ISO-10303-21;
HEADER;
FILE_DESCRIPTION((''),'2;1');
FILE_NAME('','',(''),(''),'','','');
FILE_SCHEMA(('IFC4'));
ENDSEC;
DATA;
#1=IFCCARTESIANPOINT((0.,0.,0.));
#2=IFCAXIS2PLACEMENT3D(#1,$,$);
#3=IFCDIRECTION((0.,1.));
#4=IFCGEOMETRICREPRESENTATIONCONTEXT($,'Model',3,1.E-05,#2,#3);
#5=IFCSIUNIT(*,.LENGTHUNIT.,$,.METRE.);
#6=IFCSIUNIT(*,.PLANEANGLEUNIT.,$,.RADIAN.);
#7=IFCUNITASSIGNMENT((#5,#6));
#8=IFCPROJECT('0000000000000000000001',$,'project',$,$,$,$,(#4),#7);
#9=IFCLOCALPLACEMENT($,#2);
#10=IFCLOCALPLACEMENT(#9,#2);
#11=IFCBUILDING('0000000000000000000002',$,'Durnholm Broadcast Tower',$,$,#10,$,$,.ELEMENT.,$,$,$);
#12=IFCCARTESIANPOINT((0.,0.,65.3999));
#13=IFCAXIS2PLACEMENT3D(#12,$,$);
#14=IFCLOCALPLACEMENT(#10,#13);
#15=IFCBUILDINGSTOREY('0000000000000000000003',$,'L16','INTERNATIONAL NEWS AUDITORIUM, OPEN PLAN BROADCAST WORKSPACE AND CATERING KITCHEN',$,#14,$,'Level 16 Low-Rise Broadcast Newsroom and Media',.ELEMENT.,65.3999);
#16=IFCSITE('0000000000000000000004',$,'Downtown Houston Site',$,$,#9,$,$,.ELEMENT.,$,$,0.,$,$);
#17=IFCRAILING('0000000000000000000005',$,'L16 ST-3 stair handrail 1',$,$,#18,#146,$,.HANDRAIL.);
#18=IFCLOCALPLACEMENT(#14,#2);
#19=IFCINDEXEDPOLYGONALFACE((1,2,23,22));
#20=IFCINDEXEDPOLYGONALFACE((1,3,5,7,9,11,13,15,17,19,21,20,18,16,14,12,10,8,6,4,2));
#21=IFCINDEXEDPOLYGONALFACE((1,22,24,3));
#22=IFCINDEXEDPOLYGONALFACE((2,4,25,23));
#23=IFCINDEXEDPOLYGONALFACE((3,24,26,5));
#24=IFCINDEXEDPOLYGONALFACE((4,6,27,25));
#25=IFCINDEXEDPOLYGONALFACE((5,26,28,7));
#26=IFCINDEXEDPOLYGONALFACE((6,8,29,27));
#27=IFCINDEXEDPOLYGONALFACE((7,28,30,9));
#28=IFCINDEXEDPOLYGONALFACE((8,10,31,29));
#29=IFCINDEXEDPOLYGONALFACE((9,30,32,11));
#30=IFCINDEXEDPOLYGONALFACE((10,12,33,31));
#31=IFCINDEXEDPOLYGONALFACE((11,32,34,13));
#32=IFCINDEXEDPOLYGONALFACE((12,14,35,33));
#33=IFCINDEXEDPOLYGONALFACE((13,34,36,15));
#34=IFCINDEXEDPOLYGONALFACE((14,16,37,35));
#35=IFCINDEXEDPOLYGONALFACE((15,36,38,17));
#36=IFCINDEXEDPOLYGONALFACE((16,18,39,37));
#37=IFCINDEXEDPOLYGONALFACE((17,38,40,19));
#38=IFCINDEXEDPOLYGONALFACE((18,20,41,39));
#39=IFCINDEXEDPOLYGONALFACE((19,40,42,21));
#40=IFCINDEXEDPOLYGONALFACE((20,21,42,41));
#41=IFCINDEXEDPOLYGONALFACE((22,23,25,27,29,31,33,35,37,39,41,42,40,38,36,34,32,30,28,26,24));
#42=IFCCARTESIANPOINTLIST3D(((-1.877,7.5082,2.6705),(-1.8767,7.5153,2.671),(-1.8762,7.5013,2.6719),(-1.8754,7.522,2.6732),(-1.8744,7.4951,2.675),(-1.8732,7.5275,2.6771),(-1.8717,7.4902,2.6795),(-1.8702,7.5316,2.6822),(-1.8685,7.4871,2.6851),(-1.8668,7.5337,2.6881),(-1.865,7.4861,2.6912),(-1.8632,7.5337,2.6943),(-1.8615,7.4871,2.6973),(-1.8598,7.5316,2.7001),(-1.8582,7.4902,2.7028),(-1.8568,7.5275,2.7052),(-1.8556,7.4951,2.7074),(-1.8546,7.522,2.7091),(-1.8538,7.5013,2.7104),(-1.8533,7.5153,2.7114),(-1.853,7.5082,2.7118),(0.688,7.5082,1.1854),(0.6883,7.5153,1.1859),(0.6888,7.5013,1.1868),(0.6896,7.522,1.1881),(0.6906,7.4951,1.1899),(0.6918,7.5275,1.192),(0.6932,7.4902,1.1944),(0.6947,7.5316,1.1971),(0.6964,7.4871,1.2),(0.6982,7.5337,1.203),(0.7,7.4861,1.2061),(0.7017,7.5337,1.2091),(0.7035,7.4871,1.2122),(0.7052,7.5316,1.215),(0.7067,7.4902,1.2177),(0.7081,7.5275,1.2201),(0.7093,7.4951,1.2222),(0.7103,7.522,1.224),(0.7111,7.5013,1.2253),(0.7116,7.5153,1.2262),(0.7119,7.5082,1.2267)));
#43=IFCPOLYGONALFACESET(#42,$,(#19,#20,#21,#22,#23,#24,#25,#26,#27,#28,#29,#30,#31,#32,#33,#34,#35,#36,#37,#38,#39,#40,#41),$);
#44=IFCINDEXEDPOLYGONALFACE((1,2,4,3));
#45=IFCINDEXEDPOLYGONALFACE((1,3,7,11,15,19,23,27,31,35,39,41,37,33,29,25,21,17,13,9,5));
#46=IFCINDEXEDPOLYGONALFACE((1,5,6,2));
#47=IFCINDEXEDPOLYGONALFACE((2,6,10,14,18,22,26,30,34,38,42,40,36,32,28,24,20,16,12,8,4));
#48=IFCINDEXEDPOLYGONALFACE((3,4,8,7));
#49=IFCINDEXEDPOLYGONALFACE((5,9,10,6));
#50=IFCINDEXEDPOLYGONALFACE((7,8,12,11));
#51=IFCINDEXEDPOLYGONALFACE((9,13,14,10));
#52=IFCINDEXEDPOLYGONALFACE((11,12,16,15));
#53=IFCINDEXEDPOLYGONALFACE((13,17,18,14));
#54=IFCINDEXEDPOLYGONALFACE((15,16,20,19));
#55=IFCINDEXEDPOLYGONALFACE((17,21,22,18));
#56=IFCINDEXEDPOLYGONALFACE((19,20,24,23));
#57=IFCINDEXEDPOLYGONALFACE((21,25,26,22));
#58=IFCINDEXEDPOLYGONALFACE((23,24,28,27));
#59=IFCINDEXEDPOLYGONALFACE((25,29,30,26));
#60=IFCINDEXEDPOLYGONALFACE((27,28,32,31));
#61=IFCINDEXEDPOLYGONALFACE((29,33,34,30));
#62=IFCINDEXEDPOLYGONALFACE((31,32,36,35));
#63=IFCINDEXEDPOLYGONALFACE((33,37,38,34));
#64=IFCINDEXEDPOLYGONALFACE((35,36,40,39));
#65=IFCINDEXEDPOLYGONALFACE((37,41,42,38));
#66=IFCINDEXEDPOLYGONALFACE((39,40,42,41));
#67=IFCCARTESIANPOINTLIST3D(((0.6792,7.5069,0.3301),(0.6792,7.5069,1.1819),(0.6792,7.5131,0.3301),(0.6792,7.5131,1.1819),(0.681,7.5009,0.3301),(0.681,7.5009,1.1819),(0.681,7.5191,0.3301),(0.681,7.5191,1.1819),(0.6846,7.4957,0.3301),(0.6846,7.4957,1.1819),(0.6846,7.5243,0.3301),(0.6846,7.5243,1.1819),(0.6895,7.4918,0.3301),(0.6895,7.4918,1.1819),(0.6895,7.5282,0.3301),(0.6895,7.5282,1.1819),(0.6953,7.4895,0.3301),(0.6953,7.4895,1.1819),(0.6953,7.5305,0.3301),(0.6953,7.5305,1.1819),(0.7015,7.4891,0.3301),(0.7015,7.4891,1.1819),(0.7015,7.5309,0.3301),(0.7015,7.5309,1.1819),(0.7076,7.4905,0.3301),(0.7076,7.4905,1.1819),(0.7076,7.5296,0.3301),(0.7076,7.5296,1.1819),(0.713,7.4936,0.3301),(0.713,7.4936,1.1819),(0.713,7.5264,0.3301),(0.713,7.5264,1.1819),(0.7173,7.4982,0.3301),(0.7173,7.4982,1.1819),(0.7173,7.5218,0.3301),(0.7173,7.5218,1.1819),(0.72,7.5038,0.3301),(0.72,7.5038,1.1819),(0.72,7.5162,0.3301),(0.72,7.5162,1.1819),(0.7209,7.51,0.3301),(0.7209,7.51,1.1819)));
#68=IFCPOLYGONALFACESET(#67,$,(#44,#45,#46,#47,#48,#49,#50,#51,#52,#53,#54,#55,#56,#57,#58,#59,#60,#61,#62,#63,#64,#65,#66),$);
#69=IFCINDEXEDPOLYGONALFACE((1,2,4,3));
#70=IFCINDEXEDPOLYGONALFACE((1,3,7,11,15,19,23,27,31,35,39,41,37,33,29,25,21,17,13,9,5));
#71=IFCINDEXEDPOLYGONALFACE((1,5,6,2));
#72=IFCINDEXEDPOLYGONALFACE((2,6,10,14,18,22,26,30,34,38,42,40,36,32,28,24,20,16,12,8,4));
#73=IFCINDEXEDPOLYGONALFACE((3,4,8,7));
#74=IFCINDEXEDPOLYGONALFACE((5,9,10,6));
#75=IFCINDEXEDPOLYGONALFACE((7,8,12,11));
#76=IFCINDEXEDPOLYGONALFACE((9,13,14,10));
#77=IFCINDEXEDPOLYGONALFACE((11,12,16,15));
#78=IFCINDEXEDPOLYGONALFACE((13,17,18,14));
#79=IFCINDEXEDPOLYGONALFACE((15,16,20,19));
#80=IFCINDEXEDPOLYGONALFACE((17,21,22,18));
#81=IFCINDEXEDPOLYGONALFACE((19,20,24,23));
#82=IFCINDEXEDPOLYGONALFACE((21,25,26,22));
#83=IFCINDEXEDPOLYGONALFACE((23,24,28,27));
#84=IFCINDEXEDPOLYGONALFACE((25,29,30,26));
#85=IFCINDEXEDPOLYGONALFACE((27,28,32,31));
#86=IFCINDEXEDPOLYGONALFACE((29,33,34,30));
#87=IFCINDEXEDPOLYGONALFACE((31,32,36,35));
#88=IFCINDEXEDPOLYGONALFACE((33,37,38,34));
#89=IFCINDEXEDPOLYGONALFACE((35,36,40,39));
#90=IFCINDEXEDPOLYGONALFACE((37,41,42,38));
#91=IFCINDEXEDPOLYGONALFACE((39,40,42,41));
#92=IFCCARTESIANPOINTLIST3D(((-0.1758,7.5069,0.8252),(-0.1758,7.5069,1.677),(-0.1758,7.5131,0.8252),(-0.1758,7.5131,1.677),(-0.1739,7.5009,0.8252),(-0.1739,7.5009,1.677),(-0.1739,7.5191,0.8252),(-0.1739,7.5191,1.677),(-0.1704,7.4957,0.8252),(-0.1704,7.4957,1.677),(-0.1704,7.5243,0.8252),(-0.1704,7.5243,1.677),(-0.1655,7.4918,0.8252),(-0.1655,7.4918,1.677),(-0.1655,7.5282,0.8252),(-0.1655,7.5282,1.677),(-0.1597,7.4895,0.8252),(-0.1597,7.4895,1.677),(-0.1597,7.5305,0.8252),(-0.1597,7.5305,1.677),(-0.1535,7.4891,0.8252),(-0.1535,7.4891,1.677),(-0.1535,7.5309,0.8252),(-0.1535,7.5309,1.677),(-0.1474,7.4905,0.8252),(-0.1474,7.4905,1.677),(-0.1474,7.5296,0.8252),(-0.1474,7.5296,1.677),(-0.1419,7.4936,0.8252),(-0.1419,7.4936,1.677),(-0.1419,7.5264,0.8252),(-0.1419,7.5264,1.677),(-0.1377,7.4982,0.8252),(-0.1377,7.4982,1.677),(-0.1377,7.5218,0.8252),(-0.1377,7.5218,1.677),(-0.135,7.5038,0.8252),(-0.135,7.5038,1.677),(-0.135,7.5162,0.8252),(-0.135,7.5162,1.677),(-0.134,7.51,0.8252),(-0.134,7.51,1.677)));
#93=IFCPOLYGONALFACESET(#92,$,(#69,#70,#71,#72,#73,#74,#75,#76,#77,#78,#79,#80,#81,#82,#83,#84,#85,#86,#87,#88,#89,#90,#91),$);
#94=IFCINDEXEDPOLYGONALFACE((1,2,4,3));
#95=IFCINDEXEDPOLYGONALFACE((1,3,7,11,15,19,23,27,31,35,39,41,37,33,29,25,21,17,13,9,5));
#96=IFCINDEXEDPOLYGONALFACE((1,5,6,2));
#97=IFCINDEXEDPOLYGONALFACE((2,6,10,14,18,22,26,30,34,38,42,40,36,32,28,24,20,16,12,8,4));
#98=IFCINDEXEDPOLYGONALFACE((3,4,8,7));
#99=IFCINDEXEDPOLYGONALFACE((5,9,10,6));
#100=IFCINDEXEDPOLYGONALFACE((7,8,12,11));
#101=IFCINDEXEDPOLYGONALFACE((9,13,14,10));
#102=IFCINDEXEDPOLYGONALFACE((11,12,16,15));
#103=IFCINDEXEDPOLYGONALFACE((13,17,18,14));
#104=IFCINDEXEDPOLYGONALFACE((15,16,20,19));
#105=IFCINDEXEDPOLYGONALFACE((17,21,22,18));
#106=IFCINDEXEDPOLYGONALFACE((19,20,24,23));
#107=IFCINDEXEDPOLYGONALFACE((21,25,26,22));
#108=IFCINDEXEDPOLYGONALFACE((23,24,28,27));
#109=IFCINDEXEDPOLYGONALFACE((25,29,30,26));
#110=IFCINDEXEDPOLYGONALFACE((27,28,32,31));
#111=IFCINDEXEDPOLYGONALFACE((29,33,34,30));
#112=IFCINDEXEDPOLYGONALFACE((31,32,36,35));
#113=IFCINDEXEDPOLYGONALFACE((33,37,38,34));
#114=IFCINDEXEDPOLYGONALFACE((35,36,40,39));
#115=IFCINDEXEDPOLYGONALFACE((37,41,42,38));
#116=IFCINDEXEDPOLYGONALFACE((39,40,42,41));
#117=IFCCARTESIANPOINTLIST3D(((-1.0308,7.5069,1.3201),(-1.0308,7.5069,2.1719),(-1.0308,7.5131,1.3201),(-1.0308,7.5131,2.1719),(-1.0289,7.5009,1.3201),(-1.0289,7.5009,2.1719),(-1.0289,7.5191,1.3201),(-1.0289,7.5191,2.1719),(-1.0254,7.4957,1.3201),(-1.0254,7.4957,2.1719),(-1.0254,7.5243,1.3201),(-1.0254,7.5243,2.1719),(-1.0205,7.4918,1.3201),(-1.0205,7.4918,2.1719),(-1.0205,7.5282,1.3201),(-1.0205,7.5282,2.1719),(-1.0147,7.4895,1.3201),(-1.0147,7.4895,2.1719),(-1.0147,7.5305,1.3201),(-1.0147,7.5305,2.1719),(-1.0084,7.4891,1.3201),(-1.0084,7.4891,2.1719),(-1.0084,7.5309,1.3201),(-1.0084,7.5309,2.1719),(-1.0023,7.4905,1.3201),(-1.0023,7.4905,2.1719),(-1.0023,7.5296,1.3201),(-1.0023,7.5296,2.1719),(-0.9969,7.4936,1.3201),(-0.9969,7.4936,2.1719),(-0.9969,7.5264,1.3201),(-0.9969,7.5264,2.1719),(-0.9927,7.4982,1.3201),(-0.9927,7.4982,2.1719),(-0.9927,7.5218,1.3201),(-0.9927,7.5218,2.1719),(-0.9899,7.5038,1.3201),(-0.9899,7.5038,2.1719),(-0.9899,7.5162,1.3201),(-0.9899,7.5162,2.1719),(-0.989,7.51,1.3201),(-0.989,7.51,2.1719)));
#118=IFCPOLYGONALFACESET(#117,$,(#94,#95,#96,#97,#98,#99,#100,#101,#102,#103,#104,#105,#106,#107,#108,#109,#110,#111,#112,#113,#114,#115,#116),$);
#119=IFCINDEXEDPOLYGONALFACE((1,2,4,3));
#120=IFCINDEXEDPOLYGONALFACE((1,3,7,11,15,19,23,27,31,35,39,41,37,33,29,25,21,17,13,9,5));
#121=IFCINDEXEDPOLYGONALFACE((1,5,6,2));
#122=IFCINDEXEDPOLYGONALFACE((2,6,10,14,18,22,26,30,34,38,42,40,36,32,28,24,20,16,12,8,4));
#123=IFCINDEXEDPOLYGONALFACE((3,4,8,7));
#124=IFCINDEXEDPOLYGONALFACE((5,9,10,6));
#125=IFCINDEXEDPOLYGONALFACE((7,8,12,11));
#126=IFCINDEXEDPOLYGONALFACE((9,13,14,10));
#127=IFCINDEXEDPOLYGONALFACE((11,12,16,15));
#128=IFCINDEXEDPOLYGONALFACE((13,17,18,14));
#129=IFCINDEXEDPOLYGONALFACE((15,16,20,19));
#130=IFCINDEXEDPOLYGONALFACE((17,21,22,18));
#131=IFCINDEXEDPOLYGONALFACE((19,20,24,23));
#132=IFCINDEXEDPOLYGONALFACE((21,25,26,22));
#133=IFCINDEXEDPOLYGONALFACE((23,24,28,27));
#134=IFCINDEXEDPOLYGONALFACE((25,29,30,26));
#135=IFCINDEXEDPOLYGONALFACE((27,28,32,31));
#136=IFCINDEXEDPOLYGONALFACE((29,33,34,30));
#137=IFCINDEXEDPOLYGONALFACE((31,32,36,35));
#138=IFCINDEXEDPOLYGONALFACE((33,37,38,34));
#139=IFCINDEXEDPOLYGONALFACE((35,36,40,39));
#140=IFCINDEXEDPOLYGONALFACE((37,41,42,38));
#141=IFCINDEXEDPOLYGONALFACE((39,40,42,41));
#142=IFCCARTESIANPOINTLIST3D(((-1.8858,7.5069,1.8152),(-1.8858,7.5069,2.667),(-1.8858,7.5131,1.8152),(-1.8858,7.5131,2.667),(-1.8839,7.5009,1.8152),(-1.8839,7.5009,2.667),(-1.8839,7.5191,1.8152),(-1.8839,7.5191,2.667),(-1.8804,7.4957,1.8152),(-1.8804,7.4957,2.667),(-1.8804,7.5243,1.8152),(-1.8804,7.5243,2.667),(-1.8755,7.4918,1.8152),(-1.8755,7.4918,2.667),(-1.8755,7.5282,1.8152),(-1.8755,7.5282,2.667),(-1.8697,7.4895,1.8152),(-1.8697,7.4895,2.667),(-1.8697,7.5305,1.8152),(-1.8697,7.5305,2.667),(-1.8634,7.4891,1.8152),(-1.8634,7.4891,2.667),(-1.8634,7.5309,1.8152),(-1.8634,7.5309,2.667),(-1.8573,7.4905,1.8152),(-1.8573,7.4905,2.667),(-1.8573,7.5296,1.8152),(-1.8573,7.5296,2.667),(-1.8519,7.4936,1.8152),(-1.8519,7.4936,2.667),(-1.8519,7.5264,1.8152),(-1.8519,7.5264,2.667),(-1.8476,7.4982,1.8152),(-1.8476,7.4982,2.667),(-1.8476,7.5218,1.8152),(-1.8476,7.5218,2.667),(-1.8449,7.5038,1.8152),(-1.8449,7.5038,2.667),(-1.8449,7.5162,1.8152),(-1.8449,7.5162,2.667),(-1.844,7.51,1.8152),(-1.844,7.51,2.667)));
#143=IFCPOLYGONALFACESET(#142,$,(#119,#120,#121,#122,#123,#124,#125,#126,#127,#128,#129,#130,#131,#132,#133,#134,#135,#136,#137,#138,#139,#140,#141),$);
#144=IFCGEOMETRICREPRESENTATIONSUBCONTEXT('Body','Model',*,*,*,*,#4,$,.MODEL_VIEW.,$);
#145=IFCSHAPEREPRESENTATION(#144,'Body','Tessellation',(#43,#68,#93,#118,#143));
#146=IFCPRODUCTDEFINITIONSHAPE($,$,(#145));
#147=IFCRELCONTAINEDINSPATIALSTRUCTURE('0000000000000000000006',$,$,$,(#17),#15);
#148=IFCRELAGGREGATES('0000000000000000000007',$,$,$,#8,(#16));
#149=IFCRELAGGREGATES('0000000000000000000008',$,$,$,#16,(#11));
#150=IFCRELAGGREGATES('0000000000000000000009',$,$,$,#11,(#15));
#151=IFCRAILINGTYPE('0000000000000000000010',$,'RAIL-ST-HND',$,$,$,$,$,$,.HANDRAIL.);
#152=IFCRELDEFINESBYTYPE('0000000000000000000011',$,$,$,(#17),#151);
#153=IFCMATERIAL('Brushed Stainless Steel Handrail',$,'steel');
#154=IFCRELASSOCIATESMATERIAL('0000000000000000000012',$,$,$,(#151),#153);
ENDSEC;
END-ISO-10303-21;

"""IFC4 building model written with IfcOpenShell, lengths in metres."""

from ifc_helpers import new_model, si_unit, direction, frame, origin, origin_2d, place, context, subcontext, project, spatial, circle, extrude, material, type_object, element, save


model = new_model("IFC4")

# Units and contexts
model_context = context("Model", 3, precision=1e-05, world=origin(), true_north=direction((0.0, 1.0)))
body_context = subcontext(model_context, "Body", "Model", "MODEL_VIEW")
ifc_project = project(units=[si_unit("LENGTHUNIT", "METRE"), si_unit("PLANEANGLEUNIT", "RADIAN")], contexts=[model_context])

# Site, building, storey
site_placement = place(None, origin())
site = spatial("IfcSite", under=ifc_project, at=site_placement, Name="Downtown Houston Site", CompositionType="ELEMENT", RefElevation=0.0)
building_placement = place(site_placement, origin())
building = spatial("IfcBuilding", under=site, at=building_placement, Name="Durnholm Broadcast Tower", CompositionType="ELEMENT")
storey_placement = place(building_placement, frame((0.0, 0.0, 65.3999)))
storey = spatial("IfcBuildingStorey", under=building, at=storey_placement, Name="L16", Description="INTERNATIONAL NEWS AUDITORIUM, OPEN PLAN BROADCAST WORKSPACE AND CATERING KITCHEN", LongName="Level 16 Low-Rise Broadcast Newsroom and Media", CompositionType="ELEMENT", Elevation=65.3999)

# Railing
ifc_material_1 = material(Name="Brushed Stainless Steel Handrail", Category="steel")
railing_type_1 = type_object("IfcRailingType", Name="RAIL-ST-HND", PredefinedType="HANDRAIL", material=ifc_material_1)
railing_1_placement = place(storey_placement, frame((0.7, 7.51, 0.3301)))
element("IfcRailing", 1, at=railing_1_placement, inside=storey, type_object=railing_type_1, Name="L16 ST-3 stair handrail 1", PredefinedType="HANDRAIL", context=body_context, shape_type="SweptSolid", body=[
    extrude(circle(Radius=0.0239, at=origin_2d()), frame((0.0, 0.0, 0.876), z_axis=(-0.865406, 0.0, 0.501072), x_axis=(0.0, -1.0, 0.0)), (0.0, 0.0, 1.0), 2.9639),
    extrude(circle(Radius=0.021, at=origin_2d()), origin(), (0.0, 0.0, 1.0), 0.8518),
    extrude(circle(Radius=0.021, at=origin_2d()), frame((-0.855, 0.0, 0.4951)), (0.0, 0.0, 1.0), 0.8518),
    extrude(circle(Radius=0.021, at=origin_2d()), frame((-1.71, 0.0, 0.99)), (0.0, 0.0, 1.0), 0.8518),
    extrude(circle(Radius=0.021, at=origin_2d()), frame((-2.5649, 0.0, 1.4851)), (0.0, 0.0, 1.0), 0.8518),
])

save(model, "model.ifc")
